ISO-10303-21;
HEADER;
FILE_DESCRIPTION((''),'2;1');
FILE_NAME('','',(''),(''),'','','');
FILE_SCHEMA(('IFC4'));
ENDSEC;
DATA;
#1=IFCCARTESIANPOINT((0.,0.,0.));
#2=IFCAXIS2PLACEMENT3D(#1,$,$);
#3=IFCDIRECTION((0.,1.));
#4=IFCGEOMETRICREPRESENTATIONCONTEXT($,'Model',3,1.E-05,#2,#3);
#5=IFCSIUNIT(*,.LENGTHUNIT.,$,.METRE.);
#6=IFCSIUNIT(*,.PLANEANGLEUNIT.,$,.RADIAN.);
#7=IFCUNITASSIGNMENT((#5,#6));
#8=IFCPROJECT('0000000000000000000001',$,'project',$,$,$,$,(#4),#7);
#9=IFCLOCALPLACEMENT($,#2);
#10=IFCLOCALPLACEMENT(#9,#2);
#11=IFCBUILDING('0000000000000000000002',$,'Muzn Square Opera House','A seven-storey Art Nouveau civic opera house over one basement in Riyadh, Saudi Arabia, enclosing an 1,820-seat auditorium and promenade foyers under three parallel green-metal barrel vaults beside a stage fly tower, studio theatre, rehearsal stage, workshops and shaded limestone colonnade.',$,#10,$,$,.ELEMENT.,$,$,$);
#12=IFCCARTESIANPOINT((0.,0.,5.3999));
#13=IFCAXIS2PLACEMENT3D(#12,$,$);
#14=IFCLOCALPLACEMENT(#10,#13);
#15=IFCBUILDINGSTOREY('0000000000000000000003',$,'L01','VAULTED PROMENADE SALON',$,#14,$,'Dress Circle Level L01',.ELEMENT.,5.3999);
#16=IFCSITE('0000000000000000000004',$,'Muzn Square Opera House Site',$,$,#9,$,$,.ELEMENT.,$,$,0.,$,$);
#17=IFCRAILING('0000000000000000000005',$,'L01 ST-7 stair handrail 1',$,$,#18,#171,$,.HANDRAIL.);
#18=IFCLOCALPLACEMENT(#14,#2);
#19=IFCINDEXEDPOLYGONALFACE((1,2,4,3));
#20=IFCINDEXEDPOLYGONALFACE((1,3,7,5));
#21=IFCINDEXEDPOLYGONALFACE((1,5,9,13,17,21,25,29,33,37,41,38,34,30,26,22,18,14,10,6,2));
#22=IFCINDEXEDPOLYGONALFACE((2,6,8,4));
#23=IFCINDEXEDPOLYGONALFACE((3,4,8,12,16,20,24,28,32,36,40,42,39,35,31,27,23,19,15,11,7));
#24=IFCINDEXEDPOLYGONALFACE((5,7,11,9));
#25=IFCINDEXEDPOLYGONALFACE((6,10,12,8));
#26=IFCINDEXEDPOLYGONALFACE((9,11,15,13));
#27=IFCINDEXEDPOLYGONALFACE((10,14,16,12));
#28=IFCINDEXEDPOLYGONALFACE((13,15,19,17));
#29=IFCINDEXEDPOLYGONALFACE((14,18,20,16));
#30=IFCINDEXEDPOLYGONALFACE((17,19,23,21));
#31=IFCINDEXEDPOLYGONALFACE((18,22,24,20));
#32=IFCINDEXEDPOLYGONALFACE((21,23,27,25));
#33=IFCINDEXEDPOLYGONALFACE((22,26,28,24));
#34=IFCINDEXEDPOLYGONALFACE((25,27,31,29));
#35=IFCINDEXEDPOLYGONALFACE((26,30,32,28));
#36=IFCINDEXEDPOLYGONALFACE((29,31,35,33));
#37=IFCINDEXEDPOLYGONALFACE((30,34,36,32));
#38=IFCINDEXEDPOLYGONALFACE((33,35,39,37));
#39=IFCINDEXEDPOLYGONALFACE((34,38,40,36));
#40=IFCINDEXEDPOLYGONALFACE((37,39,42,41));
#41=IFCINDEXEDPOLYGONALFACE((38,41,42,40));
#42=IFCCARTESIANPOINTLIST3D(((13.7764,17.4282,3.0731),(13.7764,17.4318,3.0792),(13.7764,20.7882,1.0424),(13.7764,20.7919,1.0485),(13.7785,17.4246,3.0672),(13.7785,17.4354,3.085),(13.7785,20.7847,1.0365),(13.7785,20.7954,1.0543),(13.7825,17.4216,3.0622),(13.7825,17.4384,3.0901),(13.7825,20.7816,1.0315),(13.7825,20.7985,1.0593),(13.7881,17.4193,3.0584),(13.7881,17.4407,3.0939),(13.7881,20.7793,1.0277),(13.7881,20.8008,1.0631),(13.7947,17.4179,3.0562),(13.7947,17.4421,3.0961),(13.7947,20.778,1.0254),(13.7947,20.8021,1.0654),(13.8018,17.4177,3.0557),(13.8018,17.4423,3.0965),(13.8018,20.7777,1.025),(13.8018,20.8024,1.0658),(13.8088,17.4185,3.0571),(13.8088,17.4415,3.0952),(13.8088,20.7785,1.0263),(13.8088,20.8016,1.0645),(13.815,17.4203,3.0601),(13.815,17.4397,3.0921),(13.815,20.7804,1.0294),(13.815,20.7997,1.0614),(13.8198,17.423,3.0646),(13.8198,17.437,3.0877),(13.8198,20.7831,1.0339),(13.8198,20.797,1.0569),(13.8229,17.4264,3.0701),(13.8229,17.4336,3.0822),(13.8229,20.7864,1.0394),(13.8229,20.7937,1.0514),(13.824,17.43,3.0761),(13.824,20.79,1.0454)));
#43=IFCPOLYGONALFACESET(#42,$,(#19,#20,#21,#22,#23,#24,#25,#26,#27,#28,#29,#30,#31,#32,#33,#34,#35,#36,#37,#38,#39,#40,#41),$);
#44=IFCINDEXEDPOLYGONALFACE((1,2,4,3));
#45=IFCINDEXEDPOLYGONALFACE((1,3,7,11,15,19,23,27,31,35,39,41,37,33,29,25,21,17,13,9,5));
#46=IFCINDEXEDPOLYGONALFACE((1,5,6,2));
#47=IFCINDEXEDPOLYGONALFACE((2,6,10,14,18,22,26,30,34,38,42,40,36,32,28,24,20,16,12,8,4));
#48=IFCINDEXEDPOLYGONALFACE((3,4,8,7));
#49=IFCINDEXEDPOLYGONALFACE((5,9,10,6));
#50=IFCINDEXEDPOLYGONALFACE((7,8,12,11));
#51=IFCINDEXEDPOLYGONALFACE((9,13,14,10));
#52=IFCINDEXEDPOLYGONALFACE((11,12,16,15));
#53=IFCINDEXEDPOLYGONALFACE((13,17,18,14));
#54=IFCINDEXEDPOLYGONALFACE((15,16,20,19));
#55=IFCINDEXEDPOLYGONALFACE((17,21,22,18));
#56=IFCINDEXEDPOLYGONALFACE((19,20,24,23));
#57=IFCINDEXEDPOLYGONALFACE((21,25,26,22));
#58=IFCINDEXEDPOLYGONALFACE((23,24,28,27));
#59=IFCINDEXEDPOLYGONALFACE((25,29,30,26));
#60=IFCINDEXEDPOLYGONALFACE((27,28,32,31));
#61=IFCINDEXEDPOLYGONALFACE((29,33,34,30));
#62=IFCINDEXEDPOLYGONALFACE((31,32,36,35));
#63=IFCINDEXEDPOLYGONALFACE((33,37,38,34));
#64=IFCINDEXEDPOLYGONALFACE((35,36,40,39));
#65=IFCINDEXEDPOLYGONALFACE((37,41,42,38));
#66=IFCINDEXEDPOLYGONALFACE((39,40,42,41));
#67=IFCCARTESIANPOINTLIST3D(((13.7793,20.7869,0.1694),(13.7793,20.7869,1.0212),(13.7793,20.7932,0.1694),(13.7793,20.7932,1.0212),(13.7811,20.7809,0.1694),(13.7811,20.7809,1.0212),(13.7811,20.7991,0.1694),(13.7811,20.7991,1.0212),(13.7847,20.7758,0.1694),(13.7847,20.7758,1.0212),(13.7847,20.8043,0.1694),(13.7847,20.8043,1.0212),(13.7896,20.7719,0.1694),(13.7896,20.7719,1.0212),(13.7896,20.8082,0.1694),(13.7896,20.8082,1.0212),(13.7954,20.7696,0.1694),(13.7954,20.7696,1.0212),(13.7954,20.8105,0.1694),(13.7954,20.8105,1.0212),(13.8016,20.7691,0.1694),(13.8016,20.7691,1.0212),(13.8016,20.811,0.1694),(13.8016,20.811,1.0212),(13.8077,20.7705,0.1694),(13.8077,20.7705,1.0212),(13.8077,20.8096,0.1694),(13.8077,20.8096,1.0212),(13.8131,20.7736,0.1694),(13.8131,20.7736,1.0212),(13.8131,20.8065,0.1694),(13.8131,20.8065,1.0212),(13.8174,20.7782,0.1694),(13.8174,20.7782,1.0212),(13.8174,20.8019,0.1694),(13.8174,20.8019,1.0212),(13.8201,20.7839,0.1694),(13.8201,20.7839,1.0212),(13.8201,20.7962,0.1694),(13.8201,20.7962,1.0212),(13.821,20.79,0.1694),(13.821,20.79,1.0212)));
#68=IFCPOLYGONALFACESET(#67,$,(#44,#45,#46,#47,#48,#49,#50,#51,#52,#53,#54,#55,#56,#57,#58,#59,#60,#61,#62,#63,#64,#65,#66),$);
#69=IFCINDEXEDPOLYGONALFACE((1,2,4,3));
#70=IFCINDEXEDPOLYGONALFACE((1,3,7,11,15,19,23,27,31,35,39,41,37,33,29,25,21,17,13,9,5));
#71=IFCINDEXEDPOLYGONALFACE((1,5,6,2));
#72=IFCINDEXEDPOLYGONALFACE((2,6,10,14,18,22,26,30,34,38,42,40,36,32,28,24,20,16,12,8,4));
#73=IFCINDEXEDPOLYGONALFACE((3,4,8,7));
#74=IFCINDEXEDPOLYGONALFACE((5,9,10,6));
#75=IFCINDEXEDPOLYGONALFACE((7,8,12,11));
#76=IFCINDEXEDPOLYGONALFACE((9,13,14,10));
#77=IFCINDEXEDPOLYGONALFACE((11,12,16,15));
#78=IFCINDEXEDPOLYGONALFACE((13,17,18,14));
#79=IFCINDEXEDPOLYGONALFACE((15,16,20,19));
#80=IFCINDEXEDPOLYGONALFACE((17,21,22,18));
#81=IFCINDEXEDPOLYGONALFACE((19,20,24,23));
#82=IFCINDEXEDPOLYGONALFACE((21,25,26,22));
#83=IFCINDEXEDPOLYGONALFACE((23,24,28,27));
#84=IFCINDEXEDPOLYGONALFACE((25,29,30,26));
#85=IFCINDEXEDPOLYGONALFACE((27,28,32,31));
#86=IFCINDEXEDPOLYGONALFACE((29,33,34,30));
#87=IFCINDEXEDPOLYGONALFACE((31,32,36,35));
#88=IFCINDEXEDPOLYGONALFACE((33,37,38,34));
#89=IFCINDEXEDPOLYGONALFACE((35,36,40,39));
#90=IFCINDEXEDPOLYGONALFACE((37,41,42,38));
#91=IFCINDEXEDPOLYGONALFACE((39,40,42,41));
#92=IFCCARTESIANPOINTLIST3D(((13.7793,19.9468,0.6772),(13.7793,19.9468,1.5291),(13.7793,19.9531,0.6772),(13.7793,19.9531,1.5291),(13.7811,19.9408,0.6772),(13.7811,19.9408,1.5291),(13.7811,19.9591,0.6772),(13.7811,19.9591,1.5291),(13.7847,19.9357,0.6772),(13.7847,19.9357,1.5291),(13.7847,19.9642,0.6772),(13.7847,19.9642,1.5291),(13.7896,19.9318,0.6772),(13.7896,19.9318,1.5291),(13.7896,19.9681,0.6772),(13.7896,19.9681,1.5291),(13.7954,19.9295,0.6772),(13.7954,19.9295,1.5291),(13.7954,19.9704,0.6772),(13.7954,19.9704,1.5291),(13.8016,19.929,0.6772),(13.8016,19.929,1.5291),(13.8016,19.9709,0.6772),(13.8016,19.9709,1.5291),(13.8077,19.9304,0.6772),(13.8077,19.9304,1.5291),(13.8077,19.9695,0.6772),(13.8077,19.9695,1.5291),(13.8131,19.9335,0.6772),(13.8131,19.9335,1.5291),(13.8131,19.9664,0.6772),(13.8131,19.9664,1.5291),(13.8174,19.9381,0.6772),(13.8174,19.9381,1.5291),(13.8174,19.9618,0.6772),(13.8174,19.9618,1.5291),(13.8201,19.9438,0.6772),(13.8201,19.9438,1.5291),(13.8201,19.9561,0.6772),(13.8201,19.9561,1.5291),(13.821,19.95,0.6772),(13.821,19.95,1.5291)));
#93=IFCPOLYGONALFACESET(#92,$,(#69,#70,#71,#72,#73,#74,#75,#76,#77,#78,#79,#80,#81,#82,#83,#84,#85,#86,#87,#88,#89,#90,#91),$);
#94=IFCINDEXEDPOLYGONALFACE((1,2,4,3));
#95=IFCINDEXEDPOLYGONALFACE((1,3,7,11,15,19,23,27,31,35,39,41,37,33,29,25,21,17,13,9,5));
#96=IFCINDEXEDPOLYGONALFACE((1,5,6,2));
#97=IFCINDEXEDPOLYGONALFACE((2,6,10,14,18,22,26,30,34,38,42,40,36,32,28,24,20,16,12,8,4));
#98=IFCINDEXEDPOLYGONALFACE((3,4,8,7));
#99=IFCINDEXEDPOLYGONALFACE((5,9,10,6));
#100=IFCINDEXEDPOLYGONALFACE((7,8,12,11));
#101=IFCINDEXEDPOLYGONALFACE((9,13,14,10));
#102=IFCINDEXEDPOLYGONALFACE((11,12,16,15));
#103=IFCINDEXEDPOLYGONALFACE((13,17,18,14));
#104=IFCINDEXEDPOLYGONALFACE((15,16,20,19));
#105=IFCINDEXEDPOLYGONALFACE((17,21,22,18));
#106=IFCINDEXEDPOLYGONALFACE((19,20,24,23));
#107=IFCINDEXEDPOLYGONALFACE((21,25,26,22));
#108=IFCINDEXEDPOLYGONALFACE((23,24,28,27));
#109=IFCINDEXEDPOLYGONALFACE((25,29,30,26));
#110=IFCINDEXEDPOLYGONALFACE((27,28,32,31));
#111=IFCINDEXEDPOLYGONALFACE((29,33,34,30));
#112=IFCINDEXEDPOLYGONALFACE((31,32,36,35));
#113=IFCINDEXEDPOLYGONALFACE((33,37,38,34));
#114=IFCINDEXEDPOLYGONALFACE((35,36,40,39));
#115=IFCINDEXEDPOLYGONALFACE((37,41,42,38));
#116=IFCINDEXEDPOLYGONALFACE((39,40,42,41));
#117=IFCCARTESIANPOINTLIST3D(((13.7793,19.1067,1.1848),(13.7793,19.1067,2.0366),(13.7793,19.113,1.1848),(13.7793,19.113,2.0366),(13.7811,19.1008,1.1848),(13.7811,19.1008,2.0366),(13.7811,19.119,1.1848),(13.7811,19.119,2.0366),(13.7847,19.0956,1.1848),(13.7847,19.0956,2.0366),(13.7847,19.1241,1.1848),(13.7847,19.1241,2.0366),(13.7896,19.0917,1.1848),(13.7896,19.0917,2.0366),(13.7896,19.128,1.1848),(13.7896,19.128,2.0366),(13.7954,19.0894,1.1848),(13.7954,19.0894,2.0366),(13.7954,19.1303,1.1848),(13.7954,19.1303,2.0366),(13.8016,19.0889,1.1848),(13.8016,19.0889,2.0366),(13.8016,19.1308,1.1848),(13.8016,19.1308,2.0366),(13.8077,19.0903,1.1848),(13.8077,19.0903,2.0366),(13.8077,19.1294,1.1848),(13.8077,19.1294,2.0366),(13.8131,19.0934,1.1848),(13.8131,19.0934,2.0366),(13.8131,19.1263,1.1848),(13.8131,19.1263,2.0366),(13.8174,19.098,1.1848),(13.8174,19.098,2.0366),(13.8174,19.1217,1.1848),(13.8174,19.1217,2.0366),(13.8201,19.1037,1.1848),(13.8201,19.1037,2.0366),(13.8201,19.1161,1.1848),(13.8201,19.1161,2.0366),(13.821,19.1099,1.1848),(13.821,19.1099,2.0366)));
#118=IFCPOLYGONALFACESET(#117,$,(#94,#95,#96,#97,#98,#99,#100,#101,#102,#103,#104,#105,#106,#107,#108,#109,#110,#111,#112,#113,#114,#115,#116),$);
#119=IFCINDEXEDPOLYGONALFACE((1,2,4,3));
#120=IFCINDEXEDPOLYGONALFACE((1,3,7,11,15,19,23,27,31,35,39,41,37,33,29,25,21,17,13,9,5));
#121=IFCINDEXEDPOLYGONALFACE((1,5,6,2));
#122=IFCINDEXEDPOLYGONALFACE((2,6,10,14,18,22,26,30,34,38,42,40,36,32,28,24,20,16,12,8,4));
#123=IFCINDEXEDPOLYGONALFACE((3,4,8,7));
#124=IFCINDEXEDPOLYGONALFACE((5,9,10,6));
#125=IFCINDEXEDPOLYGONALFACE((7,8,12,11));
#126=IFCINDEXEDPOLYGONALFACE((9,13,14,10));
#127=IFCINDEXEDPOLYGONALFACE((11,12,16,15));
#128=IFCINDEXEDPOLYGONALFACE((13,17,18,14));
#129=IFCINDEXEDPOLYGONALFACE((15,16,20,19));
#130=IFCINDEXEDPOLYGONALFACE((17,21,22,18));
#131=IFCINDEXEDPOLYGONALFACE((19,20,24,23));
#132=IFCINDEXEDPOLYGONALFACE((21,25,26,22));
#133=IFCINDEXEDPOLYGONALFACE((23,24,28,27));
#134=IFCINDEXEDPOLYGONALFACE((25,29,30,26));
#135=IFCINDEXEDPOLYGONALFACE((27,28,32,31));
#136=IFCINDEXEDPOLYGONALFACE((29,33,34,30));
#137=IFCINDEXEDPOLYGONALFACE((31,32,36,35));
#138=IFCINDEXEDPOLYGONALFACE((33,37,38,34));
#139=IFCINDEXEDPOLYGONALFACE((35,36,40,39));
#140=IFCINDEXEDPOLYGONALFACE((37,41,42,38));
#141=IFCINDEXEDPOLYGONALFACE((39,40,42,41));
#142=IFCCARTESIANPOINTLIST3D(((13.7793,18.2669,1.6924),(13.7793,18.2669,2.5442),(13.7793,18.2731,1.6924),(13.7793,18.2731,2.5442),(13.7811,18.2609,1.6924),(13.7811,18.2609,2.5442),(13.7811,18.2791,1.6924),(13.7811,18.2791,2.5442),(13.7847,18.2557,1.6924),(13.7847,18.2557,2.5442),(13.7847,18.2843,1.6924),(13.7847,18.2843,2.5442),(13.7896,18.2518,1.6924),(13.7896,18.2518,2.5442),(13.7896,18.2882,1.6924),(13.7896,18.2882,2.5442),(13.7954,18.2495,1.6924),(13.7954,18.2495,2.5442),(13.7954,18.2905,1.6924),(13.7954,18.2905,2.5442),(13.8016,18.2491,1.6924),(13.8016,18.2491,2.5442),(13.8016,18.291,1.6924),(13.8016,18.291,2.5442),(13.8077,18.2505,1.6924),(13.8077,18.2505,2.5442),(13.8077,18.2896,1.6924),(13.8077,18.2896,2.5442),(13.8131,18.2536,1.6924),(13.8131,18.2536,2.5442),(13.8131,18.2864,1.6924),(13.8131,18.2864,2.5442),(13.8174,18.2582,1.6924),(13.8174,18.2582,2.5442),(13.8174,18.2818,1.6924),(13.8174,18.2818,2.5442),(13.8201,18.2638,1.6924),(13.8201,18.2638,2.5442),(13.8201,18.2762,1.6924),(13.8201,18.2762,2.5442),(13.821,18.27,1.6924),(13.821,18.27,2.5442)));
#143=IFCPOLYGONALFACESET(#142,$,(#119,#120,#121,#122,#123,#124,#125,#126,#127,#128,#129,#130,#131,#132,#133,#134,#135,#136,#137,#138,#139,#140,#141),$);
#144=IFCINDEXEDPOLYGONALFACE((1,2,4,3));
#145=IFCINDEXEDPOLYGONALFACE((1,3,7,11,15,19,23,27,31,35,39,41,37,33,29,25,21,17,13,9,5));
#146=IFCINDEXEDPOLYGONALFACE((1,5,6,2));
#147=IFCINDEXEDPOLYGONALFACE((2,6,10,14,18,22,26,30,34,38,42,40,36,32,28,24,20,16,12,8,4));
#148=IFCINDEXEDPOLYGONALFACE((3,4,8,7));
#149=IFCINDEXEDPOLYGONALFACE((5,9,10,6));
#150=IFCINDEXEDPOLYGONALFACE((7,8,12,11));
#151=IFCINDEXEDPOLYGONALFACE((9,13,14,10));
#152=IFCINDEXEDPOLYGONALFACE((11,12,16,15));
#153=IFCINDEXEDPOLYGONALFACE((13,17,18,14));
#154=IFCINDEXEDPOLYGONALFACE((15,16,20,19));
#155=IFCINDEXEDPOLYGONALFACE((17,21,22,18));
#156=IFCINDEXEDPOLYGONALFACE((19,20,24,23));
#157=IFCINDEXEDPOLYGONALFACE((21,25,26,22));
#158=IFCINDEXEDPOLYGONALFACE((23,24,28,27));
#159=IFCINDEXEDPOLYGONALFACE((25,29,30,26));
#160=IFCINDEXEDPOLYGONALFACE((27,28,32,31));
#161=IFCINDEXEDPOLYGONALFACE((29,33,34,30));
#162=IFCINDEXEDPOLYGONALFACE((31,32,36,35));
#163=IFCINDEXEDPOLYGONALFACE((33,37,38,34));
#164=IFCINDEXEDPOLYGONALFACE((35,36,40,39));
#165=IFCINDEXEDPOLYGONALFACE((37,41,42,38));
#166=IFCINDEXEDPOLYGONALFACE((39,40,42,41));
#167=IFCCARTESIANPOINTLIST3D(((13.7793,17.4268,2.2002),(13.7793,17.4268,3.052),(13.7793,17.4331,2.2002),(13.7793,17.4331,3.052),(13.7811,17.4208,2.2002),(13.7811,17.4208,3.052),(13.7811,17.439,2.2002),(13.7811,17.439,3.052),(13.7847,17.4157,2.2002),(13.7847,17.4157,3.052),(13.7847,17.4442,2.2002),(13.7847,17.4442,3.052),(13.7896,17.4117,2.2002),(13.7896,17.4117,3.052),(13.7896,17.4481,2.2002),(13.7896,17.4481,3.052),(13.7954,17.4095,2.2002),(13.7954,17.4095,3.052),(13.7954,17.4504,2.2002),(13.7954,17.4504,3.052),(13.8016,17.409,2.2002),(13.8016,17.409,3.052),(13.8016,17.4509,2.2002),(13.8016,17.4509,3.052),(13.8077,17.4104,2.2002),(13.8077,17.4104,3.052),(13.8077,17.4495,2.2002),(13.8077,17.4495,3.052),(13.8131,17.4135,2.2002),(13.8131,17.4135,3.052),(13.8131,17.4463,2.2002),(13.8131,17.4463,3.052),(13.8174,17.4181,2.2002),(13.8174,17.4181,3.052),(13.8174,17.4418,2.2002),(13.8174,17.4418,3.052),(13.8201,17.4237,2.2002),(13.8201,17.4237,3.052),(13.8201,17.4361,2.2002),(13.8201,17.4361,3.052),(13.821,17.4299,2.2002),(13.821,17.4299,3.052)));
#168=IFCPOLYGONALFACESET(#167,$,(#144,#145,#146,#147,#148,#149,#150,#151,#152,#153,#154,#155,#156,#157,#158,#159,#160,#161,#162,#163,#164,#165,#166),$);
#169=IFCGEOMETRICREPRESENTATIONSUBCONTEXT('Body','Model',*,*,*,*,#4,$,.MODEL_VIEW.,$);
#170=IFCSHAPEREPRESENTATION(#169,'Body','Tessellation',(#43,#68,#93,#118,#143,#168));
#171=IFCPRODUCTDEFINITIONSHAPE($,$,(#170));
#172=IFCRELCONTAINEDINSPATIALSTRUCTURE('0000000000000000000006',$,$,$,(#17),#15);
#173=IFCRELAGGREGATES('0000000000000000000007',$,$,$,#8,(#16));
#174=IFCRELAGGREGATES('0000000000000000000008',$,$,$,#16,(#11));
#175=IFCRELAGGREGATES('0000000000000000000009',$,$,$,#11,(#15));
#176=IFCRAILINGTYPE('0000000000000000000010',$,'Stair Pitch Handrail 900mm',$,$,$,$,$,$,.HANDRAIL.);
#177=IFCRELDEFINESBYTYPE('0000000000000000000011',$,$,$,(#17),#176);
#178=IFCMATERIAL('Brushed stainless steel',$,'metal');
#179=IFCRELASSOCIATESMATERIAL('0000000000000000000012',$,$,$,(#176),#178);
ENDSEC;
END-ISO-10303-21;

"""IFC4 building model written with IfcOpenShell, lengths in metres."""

from ifc_helpers import new_model, si_unit, direction, frame, origin, origin_2d, place, context, subcontext, project, spatial, circle, extrude, material, type_object, element, save


model = new_model("IFC4")

# Units and contexts
model_context = context("Model", 3, precision=1e-05, world=origin(), true_north=direction((0.0, 1.0)))
body_context = subcontext(model_context, "Body", "Model", "MODEL_VIEW")
ifc_project = project(units=[si_unit("LENGTHUNIT", "METRE"), si_unit("PLANEANGLEUNIT", "RADIAN")], contexts=[model_context])

# Site, building, storey
site_placement = place(None, origin())
site = spatial("IfcSite", under=ifc_project, at=site_placement, Name="Muzn Square Opera House Site", CompositionType="ELEMENT", RefElevation=0.0)
building_placement = place(site_placement, origin())
building = spatial("IfcBuilding", under=site, at=building_placement, Name="Muzn Square Opera House", Description="A seven-storey Art Nouveau civic opera house over one basement in Riyadh, Saudi Arabia, enclosing an 1,820-seat auditorium and promenade foyers under three parallel green-metal barrel vaults beside a stage fly tower, studio theatre, rehearsal stage, workshops and shaded limestone colonnade.", CompositionType="ELEMENT")
storey_placement = place(building_placement, frame((0.0, 0.0, 5.3999)))
storey = spatial("IfcBuildingStorey", under=building, at=storey_placement, Name="L01", Description="VAULTED PROMENADE SALON", LongName="Dress Circle Level L01", CompositionType="ELEMENT", Elevation=5.3999)

# Railing
ifc_material_1 = material(Name="Brushed stainless steel", Category="metal")
railing_type_1 = type_object("IfcRailingType", Name="Stair Pitch Handrail 900mm", PredefinedType="HANDRAIL", material=ifc_material_1)
railing_1_placement = place(storey_placement, frame((13.8, 20.79, 0.1694)))
element("IfcRailing", 1, at=railing_1_placement, inside=storey, type_object=railing_type_1, Name="L01 ST-7 stair handrail 1", PredefinedType="HANDRAIL", context=body_context, shape_type="SweptSolid", body=[
    extrude(circle(Radius=0.0239, at=origin_2d()), frame((0.0, 0.0, 0.876), z_axis=(0.0, -0.855837, 0.517246), x_axis=(1.0, 0.0, 0.0)), (0.0, 0.0, 1.0), 3.926),
    extrude(circle(Radius=0.021, at=origin_2d()), origin(), (0.0, 0.0, 1.0), 0.8518),
    extrude(circle(Radius=0.021, at=origin_2d()), frame((0.0, -0.8401, 0.5078)), (0.0, 0.0, 1.0), 0.8518),
    extrude(circle(Radius=0.021, at=origin_2d()), frame((0.0, -1.6802, 1.0154)), (0.0, 0.0, 1.0), 0.8518),
    extrude(circle(Radius=0.021, at=origin_2d()), frame((0.0, -2.52, 1.5229)), (0.0, 0.0, 1.0), 0.8518),
    extrude(circle(Radius=0.021, at=origin_2d()), frame((0.0, -3.3601, 2.0308)), (0.0, 0.0, 1.0), 0.8518),
])

save(model, "model.ifc")
